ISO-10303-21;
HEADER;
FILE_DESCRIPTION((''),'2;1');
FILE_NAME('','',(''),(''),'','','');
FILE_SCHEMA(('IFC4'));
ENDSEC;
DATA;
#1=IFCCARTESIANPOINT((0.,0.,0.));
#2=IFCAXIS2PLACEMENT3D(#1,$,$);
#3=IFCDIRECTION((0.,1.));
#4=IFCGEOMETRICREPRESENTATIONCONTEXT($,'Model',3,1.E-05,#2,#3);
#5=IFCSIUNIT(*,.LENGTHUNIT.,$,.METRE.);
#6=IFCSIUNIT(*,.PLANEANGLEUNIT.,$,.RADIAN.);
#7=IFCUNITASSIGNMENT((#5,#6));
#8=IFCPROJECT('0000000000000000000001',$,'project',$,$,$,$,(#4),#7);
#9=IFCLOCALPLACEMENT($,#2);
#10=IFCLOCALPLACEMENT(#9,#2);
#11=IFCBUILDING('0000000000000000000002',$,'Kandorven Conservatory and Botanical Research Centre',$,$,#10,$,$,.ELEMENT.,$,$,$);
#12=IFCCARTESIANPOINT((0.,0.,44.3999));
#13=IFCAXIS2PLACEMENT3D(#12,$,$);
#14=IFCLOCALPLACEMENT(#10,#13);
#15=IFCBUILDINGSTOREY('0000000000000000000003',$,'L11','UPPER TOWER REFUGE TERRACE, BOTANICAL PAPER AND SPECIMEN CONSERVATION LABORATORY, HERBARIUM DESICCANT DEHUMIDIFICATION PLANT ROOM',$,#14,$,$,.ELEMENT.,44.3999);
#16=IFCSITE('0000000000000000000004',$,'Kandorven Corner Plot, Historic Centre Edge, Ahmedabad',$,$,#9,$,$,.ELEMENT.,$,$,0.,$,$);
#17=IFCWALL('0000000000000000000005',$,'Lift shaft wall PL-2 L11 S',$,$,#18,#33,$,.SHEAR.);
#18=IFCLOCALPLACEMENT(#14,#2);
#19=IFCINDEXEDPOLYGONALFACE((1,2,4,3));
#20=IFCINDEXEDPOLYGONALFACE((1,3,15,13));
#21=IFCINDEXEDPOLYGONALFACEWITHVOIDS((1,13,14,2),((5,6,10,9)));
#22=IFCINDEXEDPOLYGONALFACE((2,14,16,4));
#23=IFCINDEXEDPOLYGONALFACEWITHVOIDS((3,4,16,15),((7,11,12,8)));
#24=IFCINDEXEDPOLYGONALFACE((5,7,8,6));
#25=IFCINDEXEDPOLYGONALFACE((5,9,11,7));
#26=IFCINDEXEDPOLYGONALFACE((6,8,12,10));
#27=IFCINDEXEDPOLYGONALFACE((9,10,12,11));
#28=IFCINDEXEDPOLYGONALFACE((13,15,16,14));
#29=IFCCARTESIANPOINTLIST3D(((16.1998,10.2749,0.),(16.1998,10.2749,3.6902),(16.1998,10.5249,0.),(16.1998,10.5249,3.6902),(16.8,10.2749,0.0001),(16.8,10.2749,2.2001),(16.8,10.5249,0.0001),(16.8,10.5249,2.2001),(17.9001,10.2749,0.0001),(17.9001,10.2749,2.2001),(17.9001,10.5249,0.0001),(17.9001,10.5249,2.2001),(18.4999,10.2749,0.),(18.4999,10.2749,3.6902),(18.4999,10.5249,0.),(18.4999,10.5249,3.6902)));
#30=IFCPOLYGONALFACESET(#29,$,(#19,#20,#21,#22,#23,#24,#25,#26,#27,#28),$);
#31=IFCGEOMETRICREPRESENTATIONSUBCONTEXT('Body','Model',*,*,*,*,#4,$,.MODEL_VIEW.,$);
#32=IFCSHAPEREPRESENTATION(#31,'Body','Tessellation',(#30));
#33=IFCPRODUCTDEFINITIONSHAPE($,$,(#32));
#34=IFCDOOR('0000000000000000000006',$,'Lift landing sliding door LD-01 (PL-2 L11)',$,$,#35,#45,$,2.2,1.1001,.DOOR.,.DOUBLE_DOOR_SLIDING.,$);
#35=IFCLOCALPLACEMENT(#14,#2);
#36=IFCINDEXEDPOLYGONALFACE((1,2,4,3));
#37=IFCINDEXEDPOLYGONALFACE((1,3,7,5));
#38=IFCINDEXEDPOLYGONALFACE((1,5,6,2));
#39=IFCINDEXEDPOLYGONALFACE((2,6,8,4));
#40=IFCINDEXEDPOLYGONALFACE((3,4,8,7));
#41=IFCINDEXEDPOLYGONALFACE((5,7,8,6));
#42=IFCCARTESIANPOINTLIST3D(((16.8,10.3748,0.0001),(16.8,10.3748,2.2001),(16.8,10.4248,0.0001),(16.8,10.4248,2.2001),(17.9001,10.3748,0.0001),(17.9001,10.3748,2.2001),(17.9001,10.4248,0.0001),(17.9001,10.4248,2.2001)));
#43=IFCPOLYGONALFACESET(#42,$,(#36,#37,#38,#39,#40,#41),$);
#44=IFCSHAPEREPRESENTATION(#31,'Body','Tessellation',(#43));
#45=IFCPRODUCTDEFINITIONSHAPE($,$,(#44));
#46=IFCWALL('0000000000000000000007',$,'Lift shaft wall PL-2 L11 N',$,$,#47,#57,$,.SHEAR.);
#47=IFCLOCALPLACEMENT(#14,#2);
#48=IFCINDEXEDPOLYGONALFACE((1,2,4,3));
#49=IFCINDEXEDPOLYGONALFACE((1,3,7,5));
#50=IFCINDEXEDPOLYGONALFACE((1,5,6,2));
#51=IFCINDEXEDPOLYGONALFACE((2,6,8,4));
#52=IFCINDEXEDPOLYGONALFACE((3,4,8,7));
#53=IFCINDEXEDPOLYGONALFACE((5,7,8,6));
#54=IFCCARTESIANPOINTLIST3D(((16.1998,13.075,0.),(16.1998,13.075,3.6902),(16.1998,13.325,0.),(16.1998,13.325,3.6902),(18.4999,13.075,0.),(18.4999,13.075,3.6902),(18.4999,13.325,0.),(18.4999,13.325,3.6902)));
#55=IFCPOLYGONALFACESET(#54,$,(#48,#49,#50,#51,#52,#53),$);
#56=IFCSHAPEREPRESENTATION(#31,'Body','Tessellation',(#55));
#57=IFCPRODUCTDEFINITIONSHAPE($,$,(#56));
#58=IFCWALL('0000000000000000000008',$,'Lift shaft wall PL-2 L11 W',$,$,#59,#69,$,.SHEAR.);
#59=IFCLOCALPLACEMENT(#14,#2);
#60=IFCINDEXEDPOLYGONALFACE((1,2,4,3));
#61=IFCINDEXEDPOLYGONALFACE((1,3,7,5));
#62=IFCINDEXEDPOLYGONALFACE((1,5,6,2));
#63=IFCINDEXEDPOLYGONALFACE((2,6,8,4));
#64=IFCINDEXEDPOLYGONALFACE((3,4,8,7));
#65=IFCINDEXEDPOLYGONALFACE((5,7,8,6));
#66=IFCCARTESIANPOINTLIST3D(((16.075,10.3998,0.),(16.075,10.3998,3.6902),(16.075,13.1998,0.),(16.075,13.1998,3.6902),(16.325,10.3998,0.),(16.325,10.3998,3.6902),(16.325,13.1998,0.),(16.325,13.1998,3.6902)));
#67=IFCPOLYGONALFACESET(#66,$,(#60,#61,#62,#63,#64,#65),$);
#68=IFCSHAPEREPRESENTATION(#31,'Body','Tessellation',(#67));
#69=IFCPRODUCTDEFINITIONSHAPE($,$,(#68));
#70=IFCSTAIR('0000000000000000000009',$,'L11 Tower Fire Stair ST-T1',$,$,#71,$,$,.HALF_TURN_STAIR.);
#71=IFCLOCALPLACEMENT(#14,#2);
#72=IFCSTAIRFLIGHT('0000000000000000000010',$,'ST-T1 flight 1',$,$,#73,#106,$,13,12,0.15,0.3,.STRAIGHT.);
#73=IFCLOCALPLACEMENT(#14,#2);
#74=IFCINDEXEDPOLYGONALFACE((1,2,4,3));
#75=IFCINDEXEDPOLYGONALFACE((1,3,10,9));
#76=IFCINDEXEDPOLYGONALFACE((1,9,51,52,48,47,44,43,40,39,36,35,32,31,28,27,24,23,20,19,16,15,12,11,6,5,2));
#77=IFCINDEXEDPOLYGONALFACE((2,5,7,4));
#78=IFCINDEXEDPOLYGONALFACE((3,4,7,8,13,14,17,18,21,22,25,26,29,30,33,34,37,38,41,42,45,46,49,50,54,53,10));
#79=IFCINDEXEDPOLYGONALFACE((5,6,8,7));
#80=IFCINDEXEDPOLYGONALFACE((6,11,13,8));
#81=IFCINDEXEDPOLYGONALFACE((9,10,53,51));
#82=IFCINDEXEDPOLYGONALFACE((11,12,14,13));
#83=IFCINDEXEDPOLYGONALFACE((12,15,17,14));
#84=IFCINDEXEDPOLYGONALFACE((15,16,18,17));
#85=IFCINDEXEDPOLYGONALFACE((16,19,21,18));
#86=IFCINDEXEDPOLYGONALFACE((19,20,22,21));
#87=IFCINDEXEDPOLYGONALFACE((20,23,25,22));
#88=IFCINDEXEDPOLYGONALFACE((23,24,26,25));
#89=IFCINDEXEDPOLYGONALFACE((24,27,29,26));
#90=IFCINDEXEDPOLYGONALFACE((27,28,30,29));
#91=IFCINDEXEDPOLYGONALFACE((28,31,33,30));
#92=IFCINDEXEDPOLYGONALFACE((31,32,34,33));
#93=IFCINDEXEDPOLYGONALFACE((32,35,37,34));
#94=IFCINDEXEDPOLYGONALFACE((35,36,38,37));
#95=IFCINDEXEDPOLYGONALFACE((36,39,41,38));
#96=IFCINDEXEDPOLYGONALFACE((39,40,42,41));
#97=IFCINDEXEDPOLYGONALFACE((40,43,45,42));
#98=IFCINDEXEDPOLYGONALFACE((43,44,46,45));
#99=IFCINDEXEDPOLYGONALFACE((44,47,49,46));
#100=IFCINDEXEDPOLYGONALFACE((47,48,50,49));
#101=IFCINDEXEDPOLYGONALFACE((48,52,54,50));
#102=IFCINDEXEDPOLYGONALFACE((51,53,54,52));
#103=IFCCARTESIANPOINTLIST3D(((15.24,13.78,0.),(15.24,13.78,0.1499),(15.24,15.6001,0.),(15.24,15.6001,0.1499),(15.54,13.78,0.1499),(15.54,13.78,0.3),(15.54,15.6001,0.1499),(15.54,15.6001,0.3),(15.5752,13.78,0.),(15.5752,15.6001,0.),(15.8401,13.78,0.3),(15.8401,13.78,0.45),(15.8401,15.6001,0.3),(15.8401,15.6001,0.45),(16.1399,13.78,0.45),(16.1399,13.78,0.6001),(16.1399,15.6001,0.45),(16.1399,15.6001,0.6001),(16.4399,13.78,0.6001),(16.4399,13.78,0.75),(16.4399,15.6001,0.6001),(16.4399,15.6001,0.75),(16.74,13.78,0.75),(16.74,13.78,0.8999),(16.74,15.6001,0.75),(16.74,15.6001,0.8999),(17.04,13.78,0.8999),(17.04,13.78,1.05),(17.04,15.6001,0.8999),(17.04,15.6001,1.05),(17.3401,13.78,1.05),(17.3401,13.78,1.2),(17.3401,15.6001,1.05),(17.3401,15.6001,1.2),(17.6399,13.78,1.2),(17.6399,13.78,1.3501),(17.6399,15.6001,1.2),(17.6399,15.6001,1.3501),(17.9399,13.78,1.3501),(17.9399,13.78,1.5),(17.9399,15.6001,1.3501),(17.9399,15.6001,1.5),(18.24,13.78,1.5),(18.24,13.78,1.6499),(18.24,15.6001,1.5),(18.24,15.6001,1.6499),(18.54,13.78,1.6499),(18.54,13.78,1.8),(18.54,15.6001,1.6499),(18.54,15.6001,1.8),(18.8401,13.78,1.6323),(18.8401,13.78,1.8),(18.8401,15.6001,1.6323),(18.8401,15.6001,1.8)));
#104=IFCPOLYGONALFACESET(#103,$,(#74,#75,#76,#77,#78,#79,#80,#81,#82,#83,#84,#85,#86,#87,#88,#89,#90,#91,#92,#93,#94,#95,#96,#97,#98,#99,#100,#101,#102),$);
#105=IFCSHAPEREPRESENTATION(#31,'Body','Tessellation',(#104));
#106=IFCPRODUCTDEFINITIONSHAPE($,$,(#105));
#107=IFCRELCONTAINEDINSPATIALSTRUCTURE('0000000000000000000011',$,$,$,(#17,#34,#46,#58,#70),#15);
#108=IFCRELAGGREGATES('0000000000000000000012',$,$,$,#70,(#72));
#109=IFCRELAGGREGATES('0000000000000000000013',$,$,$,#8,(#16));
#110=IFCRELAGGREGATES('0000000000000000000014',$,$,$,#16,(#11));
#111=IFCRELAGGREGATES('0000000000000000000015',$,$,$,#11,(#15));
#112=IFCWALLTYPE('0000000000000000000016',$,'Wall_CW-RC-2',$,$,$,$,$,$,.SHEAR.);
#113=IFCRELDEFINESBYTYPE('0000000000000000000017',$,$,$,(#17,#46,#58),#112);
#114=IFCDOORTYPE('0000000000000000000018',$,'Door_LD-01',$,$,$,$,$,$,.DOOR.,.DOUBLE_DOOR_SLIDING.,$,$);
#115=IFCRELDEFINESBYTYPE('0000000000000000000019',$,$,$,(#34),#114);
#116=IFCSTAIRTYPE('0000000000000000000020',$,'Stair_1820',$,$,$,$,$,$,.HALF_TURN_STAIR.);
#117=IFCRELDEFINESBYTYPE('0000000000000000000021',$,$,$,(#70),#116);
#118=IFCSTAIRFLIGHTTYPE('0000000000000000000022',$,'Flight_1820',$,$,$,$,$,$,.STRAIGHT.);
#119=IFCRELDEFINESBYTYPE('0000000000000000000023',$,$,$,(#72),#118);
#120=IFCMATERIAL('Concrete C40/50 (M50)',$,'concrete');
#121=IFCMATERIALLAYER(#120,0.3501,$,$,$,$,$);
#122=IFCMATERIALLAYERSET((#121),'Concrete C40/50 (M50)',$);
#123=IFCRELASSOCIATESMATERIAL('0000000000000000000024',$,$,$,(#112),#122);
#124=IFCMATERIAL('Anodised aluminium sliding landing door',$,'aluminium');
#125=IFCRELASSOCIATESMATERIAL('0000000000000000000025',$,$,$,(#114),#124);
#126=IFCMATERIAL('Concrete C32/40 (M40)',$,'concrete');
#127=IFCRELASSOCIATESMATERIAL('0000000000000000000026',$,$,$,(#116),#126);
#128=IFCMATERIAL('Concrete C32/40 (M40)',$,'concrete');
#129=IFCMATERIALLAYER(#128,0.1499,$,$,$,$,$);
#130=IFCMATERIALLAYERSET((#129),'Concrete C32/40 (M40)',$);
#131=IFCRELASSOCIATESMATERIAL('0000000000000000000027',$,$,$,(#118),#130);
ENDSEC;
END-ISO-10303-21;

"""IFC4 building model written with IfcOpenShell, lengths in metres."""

from ifc_helpers import new_model, si_unit, direction, frame, frame_2d, origin, place, context, subcontext, project, spatial, polyline, rectangle, outline, extrude, material, layer, layer_set, type_object, element, fill, aggregate, save


model = new_model("IFC4")

# Units and contexts
model_context = context("Model", 3, precision=1e-05, world=origin(), true_north=direction((0.0, 1.0)))
body_context = subcontext(model_context, "Body", "Model", "MODEL_VIEW")
ifc_project = project(units=[si_unit("LENGTHUNIT", "METRE"), si_unit("PLANEANGLEUNIT", "RADIAN")], contexts=[model_context])

# Site, building, storey
site_placement = place(None, origin())
site = spatial("IfcSite", under=ifc_project, at=site_placement, Name="Kandorven Corner Plot, Historic Centre Edge, Ahmedabad", CompositionType="ELEMENT", RefElevation=0.0)
building_placement = place(site_placement, origin())
building = spatial("IfcBuilding", under=site, at=building_placement, Name="Kandorven Conservatory and Botanical Research Centre", CompositionType="ELEMENT")
storey_placement = place(building_placement, frame((0.0, 0.0, 44.3999)))
storey = spatial("IfcBuildingStorey", under=building, at=storey_placement, Name="L11", Description="UPPER TOWER REFUGE TERRACE, BOTANICAL PAPER AND SPECIMEN CONSERVATION LABORATORY, HERBARIUM DESICCANT DEHUMIDIFICATION PLANT ROOM", CompositionType="ELEMENT", Elevation=44.3999)

# Shared definitions
ifc_material_1 = material(Name="Concrete C40/50 (M50)", Category="concrete")
ifc_layer_1 = layer(ifc_material_1, 0.3501)
ifc_layer_set_1 = layer_set([ifc_layer_1], Name="Concrete C40/50 (M50)")
wall_type_1 = type_object("IfcWallType", Name="Wall_CW-RC-2", PredefinedType="SHEAR", material=ifc_layer_set_1)
ifc_material_2 = material(Name="Anodised aluminium sliding landing door", Category="aluminium")
door_type_1 = type_object("IfcDoorType", Name="Door_LD-01", OperationType="DOUBLE_DOOR_SLIDING", PredefinedType="DOOR", material=ifc_material_2)

# Wall, opening, door
wall_1_placement = place(storey_placement, frame((16.2, 10.3999, 0.0), z_axis=(0.0, 0.0, 1.0), x_axis=(1.0, 0.0, 0.0)))
wall_1 = element("IfcWall", 1, at=wall_1_placement, inside=storey, type_object=wall_type_1, Name="Lift shaft wall PL-2 L11 S", PredefinedType="SHEAR", context=body_context, shape_type="SweptSolid", body=[
    extrude(rectangle(XDim=2.3, YDim=0.25, at=frame_2d((1.1499, 0.0))), origin(), (0.0, 0.0, 1.0), 3.6902),
])
opening_1_placement = place(wall_1_placement, frame((0.6001, 0.0, 0.0)))
opening_1 = element("IfcOpeningElement", 2, at=opening_1_placement, cuts=wall_1, PredefinedType="OPENING", context=body_context, shape_type="SweptSolid", body=[
    extrude(rectangle(XDim=1.1001, YDim=2.2, at=frame_2d((0.55, 1.1001))), frame((0.0, 0.135, 0.0), z_axis=(0.0, -1.0, 0.0), x_axis=(1.0, 0.0, 0.0)), (0.0, 0.0, 1.0), 0.27),
])
door_1_placement = place(opening_1_placement, origin())
door_1 = element("IfcDoor", 3, at=door_1_placement, inside=storey, type_object=door_type_1, Name="Lift landing sliding door LD-01 (PL-2 L11)", OperationType="DOUBLE_DOOR_SLIDING", OverallHeight=2.2, OverallWidth=1.1001, PredefinedType="DOOR", context=body_context, shape_type="SweptSolid", body=[
    extrude(rectangle(XDim=1.1001, YDim=2.2, at=frame_2d((0.55, 1.1001))), frame((0.0, 0.0249, 0.0), z_axis=(0.0, -1.0, 0.0), x_axis=(1.0, 0.0, 0.0)), (0.0, 0.0, 1.0), 0.05),
])
fill(opening_1, door_1)

# Walls
wall_2_placement = place(storey_placement, frame((16.2, 13.2, 0.0), z_axis=(0.0, 0.0, 1.0), x_axis=(1.0, 0.0, 0.0)))
element("IfcWall", 4, at=wall_2_placement, inside=storey, type_object=wall_type_1, Name="Lift shaft wall PL-2 L11 N", PredefinedType="SHEAR", context=body_context, shape_type="SweptSolid", body=[
    extrude(rectangle(XDim=2.3, YDim=0.25, at=frame_2d((1.1499, 0.0))), origin(), (0.0, 0.0, 1.0), 3.6902),
])
wall_3_placement = place(storey_placement, frame((16.2, 10.3999, 0.0), z_axis=(0.0, 0.0, 1.0), x_axis=(0.0, 1.0, 0.0)))
element("IfcWall", 5, at=wall_3_placement, inside=storey, type_object=wall_type_1, Name="Lift shaft wall PL-2 L11 W", PredefinedType="SHEAR", context=body_context, shape_type="SweptSolid", body=[
    extrude(rectangle(XDim=2.8, YDim=0.25, at=frame_2d((1.3999, 0.0))), origin(), (0.0, 0.0, 1.0), 3.6902),
])

# Stair, stair flight
ifc_material_3 = material(Name="Concrete C32/40 (M40)", Category="concrete")
stair_type = type_object("IfcStairType", Name="Stair_1820", PredefinedType="HALF_TURN_STAIR", material=ifc_material_3)
stair_placement = place(storey_placement, origin())
stair = element("IfcStair", 6, at=stair_placement, inside=storey, type_object=stair_type, Name="L11 Tower Fire Stair ST-T1", PredefinedType="HALF_TURN_STAIR")
ifc_material_4 = material(Name="Concrete C32/40 (M40)", Category="concrete")
ifc_layer_2 = layer(ifc_material_4, 0.1499)
ifc_layer_set_2 = layer_set([ifc_layer_2], Name="Concrete C32/40 (M40)")
stair_flight_type = type_object("IfcStairFlightType", Name="Flight_1820", PredefinedType="STRAIGHT", material=ifc_layer_set_2)
stair_flight_placement = place(storey_placement, frame((15.24, 14.6899, 0.0), z_axis=(0.0, 0.0, 1.0), x_axis=(1.0, 0.0, 0.0)))
stair_flight = element("IfcStairFlight", 7, at=stair_flight_placement, type_object=stair_flight_type, Name="ST-T1 flight 1", NumberOfRisers=13, NumberOfTreads=12, PredefinedType="STRAIGHT", RiserHeight=0.15, TreadLength=0.3, context=body_context, shape_type="SweptSolid", body=[
    extrude(outline(polyline([(0.0, 0.0), (0.0, 0.1499), (0.3, 0.1499), (0.3, 0.3), (0.6001, 0.3), (0.6001, 0.45), (0.8999, 0.45), (0.8999, 0.6001), (1.2, 0.6001), (1.2, 0.75), (1.5, 0.75), (1.5, 0.8999), (1.8, 0.8999), (1.8, 1.05), (2.1001, 1.05), (2.1001, 1.2), (2.3999, 1.2), (2.3999, 1.3501), (2.7, 1.3501), (2.7, 1.5), (3.0, 1.5), (3.0, 1.6499), (3.3, 1.6499), (3.3, 1.8), (3.6001, 1.8), (3.6001, 1.95), (3.6001, 1.6323), (0.3352, 0.0), (0.0, 0.0)])), frame((0.0, 0.9102, 0.0), z_axis=(0.0, -1.0, 0.0), x_axis=(1.0, 0.0, 0.0)), (0.0, 0.0, 1.0), 1.8201),
])
aggregate(stair, [stair_flight])

save(model, "model.ifc")
